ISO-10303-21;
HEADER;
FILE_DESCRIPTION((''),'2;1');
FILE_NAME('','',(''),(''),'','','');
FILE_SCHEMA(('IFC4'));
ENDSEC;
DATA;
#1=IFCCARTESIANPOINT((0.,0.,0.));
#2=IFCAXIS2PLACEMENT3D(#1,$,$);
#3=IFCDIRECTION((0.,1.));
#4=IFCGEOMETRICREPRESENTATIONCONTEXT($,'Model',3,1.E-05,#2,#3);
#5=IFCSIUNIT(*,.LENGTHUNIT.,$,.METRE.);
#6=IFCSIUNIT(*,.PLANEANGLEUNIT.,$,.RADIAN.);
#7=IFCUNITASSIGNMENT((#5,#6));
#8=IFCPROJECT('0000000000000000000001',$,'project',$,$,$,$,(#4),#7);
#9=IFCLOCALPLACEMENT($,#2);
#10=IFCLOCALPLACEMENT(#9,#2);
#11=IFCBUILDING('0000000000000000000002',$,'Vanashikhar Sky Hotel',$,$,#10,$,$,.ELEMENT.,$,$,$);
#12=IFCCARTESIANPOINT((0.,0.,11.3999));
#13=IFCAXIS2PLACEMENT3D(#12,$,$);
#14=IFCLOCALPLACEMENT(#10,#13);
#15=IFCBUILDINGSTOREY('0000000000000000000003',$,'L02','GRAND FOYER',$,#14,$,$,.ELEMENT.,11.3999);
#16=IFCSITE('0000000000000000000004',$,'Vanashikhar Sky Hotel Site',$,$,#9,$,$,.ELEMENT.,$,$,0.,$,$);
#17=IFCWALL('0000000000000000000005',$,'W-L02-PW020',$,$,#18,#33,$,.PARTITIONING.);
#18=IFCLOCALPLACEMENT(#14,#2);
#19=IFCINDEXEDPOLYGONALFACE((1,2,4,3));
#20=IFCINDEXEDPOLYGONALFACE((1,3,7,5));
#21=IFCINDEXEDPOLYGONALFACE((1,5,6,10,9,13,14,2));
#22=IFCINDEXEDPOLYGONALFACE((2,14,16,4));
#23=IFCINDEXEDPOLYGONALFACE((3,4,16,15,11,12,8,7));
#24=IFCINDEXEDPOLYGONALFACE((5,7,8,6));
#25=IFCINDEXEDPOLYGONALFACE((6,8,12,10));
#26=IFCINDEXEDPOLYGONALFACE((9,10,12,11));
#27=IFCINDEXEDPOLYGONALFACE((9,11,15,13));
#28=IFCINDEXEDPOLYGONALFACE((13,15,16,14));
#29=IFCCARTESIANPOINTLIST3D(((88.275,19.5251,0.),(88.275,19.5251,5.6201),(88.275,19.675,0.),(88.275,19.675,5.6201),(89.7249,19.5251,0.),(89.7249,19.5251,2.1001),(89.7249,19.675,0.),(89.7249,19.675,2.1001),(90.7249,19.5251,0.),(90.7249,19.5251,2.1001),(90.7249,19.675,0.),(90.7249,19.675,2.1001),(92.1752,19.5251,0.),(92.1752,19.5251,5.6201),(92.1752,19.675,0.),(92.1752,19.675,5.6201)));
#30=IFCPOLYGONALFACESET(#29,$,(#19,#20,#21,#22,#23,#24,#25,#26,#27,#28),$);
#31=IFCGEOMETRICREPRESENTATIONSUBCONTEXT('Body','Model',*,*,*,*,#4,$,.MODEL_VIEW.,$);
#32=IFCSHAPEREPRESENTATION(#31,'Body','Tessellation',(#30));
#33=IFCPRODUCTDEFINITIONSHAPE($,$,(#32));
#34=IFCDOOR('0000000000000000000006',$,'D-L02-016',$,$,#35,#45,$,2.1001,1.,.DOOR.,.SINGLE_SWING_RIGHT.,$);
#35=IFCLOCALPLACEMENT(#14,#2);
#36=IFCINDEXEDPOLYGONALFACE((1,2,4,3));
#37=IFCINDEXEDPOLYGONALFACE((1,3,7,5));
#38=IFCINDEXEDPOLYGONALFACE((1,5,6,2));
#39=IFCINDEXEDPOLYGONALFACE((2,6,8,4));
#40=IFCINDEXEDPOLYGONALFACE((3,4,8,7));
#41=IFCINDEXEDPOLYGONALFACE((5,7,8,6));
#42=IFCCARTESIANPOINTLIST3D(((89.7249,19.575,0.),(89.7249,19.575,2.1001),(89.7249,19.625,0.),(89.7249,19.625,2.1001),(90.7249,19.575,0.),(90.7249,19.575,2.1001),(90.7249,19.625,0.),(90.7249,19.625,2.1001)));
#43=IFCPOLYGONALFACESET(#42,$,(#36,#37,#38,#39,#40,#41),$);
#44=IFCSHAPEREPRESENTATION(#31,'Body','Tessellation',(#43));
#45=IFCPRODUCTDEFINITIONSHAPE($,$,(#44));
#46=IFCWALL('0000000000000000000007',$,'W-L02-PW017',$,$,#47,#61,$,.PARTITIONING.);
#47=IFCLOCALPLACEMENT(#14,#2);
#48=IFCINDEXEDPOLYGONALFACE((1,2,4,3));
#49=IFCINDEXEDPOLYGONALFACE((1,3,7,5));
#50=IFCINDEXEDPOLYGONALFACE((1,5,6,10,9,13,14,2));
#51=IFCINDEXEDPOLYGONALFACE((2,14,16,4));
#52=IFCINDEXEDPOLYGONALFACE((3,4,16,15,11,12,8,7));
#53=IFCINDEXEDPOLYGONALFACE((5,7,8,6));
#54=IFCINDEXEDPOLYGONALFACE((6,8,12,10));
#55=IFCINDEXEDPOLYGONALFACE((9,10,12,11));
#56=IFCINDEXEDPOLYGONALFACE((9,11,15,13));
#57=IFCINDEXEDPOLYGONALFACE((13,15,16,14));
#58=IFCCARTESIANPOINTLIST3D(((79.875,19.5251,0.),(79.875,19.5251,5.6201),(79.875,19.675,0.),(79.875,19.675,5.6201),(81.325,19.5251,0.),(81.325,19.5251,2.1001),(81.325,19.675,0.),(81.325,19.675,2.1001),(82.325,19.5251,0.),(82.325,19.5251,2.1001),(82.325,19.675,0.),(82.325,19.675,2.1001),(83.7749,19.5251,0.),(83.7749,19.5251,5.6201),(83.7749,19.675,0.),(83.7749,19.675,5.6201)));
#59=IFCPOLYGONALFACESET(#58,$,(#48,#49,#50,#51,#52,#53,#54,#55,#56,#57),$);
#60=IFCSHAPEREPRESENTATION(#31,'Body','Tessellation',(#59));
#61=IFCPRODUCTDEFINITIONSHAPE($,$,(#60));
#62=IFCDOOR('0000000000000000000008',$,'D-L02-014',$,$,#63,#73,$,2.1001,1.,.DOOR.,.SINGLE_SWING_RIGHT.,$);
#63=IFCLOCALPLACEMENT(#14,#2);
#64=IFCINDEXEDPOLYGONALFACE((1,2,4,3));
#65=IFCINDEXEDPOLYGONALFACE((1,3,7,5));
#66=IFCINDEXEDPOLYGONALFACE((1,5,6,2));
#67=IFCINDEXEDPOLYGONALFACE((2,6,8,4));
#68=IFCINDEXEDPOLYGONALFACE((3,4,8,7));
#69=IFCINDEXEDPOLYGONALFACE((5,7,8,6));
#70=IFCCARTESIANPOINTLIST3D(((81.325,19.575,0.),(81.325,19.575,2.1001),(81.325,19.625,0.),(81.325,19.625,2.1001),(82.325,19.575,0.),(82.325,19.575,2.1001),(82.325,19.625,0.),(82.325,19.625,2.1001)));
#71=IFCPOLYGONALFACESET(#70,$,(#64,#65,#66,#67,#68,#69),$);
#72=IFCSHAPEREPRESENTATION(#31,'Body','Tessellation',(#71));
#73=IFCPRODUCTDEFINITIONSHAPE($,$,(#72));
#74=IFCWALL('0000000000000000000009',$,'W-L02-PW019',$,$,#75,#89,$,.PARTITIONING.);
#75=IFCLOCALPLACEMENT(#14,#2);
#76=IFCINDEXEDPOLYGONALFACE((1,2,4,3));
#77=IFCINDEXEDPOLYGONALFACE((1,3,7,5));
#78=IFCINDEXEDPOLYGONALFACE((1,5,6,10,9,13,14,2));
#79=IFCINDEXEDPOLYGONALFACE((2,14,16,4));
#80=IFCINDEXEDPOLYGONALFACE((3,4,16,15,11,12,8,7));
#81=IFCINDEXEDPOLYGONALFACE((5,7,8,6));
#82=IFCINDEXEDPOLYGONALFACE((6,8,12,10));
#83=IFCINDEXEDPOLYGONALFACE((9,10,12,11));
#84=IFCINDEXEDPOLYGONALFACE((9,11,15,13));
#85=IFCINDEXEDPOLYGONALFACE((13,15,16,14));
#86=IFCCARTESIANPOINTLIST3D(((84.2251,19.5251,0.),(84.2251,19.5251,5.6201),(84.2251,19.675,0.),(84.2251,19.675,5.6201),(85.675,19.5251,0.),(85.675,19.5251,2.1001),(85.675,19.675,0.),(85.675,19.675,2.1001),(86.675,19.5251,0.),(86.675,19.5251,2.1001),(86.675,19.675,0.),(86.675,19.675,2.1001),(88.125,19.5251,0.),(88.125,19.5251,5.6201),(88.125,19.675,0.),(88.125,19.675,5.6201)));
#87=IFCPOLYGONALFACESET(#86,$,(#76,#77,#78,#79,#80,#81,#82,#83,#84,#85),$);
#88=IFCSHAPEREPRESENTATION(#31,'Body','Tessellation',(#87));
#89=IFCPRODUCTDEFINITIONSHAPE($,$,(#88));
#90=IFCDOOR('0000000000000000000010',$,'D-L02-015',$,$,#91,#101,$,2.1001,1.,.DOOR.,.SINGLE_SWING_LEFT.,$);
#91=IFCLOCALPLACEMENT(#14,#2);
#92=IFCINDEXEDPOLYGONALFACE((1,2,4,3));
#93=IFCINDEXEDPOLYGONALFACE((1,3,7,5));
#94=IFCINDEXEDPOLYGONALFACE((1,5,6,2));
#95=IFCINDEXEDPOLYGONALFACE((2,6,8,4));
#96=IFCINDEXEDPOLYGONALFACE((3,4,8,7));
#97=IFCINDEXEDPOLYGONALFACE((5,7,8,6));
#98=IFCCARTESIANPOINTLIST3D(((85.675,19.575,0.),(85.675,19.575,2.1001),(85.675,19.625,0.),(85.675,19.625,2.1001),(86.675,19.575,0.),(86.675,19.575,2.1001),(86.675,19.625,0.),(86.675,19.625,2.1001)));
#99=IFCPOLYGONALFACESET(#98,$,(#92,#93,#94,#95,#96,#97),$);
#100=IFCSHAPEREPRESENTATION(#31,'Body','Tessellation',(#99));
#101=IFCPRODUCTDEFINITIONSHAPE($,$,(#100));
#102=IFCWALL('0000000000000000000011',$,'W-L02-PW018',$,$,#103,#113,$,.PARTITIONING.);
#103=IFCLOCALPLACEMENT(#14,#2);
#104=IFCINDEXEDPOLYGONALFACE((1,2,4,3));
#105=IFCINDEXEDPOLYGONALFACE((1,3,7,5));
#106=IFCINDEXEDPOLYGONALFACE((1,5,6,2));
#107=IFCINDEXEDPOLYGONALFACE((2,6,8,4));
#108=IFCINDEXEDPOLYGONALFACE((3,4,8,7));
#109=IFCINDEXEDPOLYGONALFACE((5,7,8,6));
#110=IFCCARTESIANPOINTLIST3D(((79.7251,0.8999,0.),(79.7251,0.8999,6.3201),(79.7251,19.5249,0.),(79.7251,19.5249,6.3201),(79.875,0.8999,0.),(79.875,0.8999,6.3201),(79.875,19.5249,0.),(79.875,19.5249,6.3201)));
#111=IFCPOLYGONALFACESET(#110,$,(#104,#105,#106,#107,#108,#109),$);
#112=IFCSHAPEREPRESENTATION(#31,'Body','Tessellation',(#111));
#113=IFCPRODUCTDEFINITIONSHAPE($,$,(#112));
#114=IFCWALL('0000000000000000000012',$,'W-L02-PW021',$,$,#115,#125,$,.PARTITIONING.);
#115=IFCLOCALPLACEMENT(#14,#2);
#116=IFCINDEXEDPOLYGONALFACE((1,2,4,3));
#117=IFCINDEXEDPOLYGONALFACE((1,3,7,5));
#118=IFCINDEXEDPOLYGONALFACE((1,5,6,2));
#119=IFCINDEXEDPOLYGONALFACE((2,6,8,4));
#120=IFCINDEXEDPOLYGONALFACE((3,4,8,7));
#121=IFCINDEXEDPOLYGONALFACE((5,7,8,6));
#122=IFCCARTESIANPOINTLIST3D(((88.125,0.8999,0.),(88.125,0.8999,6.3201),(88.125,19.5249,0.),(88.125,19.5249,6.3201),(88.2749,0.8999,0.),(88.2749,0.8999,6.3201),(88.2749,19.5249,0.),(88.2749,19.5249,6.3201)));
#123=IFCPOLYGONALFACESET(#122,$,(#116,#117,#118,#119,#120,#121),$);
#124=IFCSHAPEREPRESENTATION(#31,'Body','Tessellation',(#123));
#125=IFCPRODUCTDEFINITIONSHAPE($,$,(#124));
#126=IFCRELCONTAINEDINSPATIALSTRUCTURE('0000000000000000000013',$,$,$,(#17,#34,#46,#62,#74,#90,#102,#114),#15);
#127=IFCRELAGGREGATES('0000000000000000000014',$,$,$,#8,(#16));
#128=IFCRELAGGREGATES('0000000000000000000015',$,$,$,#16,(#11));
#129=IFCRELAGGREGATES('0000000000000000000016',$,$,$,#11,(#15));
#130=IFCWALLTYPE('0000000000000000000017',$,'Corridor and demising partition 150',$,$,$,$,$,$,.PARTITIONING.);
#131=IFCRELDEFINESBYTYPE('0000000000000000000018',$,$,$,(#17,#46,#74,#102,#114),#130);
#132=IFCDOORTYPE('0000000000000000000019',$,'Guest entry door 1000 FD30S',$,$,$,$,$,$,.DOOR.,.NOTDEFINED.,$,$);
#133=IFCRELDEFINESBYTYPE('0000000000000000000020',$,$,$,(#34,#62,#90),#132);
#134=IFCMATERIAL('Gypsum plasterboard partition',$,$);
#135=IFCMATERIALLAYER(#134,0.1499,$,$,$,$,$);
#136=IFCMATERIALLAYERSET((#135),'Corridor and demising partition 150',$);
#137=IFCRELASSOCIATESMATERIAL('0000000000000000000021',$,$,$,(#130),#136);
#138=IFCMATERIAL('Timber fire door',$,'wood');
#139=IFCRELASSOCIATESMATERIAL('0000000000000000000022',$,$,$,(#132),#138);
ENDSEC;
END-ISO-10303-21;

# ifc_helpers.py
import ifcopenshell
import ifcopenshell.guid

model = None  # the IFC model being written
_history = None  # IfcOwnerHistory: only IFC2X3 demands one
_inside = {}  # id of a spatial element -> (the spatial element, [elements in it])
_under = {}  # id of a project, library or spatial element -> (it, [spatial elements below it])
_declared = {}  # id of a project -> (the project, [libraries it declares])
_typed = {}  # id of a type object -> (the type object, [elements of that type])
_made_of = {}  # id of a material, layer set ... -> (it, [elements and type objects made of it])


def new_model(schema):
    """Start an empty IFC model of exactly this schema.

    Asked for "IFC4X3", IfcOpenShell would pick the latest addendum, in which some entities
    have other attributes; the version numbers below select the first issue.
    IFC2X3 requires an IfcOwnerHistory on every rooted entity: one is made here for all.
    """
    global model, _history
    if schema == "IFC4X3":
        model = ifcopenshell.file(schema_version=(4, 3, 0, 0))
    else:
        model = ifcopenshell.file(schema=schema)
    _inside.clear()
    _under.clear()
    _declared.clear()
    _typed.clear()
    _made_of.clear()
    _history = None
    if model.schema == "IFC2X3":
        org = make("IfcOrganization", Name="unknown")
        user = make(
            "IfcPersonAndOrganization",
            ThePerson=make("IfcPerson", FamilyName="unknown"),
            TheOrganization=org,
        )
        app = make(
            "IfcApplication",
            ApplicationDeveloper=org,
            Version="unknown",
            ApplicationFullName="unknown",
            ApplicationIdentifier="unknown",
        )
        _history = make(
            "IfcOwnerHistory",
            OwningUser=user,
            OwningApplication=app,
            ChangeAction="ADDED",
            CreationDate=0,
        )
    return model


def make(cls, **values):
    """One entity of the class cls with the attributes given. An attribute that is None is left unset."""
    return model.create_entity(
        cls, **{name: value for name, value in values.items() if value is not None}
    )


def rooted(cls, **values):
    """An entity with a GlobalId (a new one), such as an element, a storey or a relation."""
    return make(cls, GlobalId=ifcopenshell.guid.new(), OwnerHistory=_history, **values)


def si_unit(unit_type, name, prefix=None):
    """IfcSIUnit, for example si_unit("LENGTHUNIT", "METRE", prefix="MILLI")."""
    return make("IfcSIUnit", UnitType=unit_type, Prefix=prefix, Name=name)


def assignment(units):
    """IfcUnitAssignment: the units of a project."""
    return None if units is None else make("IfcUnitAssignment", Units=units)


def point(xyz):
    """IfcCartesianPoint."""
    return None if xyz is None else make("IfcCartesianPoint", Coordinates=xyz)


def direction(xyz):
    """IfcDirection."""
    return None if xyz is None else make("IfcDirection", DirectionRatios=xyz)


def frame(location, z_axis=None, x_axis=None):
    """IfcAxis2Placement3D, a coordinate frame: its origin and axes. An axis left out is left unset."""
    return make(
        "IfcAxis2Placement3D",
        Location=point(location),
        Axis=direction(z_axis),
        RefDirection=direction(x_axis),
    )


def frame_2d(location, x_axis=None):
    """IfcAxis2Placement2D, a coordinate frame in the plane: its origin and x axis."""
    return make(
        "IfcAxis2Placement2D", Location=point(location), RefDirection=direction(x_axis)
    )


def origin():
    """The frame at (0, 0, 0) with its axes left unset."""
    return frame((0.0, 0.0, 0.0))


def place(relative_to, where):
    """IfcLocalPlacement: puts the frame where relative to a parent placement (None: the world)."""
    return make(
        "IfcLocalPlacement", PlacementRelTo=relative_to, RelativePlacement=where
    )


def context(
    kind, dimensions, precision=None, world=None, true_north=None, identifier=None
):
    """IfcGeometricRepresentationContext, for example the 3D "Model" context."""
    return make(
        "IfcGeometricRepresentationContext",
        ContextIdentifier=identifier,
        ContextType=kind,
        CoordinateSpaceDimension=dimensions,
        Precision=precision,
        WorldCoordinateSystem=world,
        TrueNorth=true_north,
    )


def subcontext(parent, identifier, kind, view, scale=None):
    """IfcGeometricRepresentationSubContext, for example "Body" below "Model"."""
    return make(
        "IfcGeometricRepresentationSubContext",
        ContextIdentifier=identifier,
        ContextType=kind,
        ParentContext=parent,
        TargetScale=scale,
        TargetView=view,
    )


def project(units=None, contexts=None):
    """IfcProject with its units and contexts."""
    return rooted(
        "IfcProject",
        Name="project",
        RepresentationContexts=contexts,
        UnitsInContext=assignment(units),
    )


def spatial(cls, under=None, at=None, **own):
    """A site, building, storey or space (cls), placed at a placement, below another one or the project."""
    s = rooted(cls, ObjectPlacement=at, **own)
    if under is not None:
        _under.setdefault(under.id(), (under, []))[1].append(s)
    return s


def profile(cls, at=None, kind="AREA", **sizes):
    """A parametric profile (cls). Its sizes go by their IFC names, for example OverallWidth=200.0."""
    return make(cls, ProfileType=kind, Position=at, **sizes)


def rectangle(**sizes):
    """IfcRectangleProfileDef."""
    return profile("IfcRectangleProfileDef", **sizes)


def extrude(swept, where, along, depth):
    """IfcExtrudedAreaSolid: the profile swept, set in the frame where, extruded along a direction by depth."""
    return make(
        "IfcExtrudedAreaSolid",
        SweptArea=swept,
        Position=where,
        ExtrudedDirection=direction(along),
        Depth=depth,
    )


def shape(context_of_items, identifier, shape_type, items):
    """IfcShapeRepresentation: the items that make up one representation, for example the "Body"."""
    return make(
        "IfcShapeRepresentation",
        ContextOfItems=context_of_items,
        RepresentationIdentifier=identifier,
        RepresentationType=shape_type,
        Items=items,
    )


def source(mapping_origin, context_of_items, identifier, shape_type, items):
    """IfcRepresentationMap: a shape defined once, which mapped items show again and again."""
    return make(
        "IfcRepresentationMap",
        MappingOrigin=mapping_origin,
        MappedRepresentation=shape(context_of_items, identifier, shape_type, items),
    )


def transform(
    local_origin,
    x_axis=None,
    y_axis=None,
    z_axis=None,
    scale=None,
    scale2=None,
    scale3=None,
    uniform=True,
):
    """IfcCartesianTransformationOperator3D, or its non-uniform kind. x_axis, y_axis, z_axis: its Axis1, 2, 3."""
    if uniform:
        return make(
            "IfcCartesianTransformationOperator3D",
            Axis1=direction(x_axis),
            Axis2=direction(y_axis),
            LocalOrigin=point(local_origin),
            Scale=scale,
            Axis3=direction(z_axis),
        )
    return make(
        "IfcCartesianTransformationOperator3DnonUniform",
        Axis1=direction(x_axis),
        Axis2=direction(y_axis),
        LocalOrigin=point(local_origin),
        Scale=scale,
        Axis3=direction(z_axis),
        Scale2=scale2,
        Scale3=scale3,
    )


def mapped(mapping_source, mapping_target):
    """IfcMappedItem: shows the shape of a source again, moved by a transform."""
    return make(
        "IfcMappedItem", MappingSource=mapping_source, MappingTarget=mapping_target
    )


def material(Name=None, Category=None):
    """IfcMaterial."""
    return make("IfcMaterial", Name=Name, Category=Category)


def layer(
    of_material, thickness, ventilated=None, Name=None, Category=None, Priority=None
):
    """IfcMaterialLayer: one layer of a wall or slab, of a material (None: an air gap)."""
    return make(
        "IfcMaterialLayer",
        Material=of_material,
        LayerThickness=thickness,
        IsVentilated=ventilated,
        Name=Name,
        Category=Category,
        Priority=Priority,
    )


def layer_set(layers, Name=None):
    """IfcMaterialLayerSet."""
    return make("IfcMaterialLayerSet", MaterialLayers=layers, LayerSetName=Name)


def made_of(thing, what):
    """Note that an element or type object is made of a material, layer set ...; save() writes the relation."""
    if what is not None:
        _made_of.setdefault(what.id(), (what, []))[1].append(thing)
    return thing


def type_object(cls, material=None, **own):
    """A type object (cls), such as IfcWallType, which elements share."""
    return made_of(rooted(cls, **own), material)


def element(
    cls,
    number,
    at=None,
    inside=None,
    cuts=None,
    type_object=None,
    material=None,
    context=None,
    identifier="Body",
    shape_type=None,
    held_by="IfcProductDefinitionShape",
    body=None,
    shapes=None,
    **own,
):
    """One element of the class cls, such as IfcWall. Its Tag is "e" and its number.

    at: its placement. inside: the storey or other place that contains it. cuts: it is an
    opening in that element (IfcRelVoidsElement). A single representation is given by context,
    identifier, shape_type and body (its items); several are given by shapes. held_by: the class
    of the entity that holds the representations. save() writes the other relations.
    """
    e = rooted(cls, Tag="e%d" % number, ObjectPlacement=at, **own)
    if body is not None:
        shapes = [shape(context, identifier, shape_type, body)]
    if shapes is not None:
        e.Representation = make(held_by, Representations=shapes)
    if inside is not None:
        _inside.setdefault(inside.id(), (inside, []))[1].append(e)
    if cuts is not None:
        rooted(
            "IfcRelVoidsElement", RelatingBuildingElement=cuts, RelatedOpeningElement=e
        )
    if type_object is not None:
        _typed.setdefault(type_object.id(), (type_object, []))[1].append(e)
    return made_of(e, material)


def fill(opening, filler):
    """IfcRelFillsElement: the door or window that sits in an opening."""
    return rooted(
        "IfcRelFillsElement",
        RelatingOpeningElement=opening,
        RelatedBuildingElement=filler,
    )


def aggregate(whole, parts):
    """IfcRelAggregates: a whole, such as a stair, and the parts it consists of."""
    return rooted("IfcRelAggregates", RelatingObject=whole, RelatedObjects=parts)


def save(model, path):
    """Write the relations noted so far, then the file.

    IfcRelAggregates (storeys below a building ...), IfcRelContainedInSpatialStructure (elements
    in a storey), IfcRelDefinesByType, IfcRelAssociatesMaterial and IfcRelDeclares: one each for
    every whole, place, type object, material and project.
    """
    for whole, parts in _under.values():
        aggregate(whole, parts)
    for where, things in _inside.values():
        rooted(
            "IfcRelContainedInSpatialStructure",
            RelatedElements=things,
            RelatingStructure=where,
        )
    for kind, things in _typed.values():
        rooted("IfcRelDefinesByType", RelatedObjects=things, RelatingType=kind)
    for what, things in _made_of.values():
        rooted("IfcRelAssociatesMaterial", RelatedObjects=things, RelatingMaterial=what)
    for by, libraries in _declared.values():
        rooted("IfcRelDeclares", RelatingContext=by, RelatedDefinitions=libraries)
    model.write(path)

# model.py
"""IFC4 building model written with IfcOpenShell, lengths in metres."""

from ifc_helpers import new_model, si_unit, direction, frame, frame_2d, origin, place, context, subcontext, project, spatial, rectangle, extrude, source, transform, mapped, material, layer, layer_set, type_object, element, fill, save


model = new_model("IFC4")

# Units and contexts
model_context = context("Model", 3, precision=1e-05, world=origin(), true_north=direction((0.0, 1.0)))
body_context = subcontext(model_context, "Body", "Model", "MODEL_VIEW")
ifc_project = project(units=[si_unit("LENGTHUNIT", "METRE"), si_unit("PLANEANGLEUNIT", "RADIAN")], contexts=[model_context])

# Site, building, storey
site_placement = place(None, origin())
site = spatial("IfcSite", under=ifc_project, at=site_placement, Name="Vanashikhar Sky Hotel Site", CompositionType="ELEMENT", RefElevation=0.0)
building_placement = place(site_placement, origin())
building = spatial("IfcBuilding", under=site, at=building_placement, Name="Vanashikhar Sky Hotel", CompositionType="ELEMENT")
storey_placement = place(building_placement, frame((0.0, 0.0, 11.3999)))
storey = spatial("IfcBuildingStorey", under=building, at=storey_placement, Name="L02", Description="GRAND FOYER", CompositionType="ELEMENT", Elevation=11.3999)

# Walls, openings, doors
ifc_material_1 = material(Name="Gypsum plasterboard partition")
ifc_layer_1 = layer(ifc_material_1, 0.1499)
ifc_layer_set_1 = layer_set([ifc_layer_1], Name="Corridor and demising partition 150")
wall_type_1 = type_object("IfcWallType", Name="Corridor and demising partition 150", PredefinedType="PARTITIONING", material=ifc_layer_set_1)
ifc_material_2 = material(Name="Timber fire door", Category="wood")
shared_shape_1 = source(origin(), body_context, "Body", "SweptSolid", [
    extrude(rectangle(XDim=3.9001, YDim=0.1499, at=frame_2d((1.9502, 0.0))), origin(), (0.0, 0.0, 1.0), 5.6201),
])
shared_shape_2 = source(origin(), body_context, "Body", "SweptSolid", [
    extrude(rectangle(XDim=1.0, YDim=2.1001, at=frame_2d((0.5, 1.05))), frame((0.0, 0.085, 0.0), z_axis=(0.0, -1.0, 0.0), x_axis=(1.0, 0.0, 0.0)), (0.0, 0.0, 1.0), 0.1699),
])
door_type_1 = type_object("IfcDoorType", Name="Guest entry door 1000 FD30S", OperationType="NOTDEFINED", PredefinedType="DOOR", material=ifc_material_2)
shared_shape_3 = source(origin(), body_context, "Body", "SweptSolid", [
    extrude(rectangle(XDim=1.0, YDim=2.1001, at=frame_2d((0.5, 1.05))), frame((0.0, 0.0249, 0.0), z_axis=(0.0, -1.0, 0.0), x_axis=(1.0, 0.0, 0.0)), (0.0, 0.0, 1.0), 0.05),
])
wall_1_placement = place(storey_placement, frame((88.2749, 19.6001, 0.0), z_axis=(0.0, 0.0, 1.0), x_axis=(1.0, 0.0, 0.0)))
wall_1 = element("IfcWall", 1, at=wall_1_placement, inside=storey, type_object=wall_type_1, Name="W-L02-PW020", PredefinedType="PARTITIONING", context=body_context, shape_type="MappedRepresentation", body=[
    mapped(shared_shape_1, transform((0.0, 0.0, 0.0), scale=1.0)),
])
opening_1_placement = place(wall_1_placement, frame((1.45, 0.0, 0.0)))
opening_1 = element("IfcOpeningElement", 2, at=opening_1_placement, cuts=wall_1, PredefinedType="OPENING", context=body_context, shape_type="MappedRepresentation", body=[
    mapped(shared_shape_2, transform((0.0, 0.0, 0.0), scale=1.0)),
])
door_1_placement = place(opening_1_placement, origin())
door_1 = element("IfcDoor", 3, at=door_1_placement, inside=storey, type_object=door_type_1, Name="D-L02-016", OperationType="SINGLE_SWING_RIGHT", OverallHeight=2.1001, OverallWidth=1.0, PredefinedType="DOOR", context=body_context, shape_type="MappedRepresentation", body=[
    mapped(shared_shape_3, transform((0.0, 0.0, 0.0), scale=1.0)),
])
fill(opening_1, door_1)
shared_shape_4 = source(origin(), body_context, "Body", "SweptSolid", [
    extrude(rectangle(XDim=3.8999, YDim=0.1499, at=frame_2d((1.95, 0.0))), origin(), (0.0, 0.0, 1.0), 5.6201),
])
wall_2_placement = place(storey_placement, frame((79.875, 19.6001, 0.0), z_axis=(0.0, 0.0, 1.0), x_axis=(1.0, 0.0, 0.0)))
wall_2 = element("IfcWall", 4, at=wall_2_placement, inside=storey, type_object=wall_type_1, Name="W-L02-PW017", PredefinedType="PARTITIONING", context=body_context, shape_type="MappedRepresentation", body=[
    mapped(shared_shape_4, transform((0.0, 0.0, 0.0), scale=1.0)),
])
opening_2_placement = place(wall_2_placement, frame((1.45, 0.0, 0.0)))
opening_2 = element("IfcOpeningElement", 5, at=opening_2_placement, cuts=wall_2, PredefinedType="OPENING", context=body_context, shape_type="MappedRepresentation", body=[
    mapped(shared_shape_2, transform((0.0, 0.0, 0.0), scale=1.0)),
])
door_2_placement = place(opening_2_placement, origin())
door_2 = element("IfcDoor", 6, at=door_2_placement, inside=storey, type_object=door_type_1, Name="D-L02-014", OperationType="SINGLE_SWING_RIGHT", OverallHeight=2.1001, OverallWidth=1.0, PredefinedType="DOOR", context=body_context, shape_type="MappedRepresentation", body=[
    mapped(shared_shape_3, transform((0.0, 0.0, 0.0), scale=1.0)),
])
fill(opening_2, door_2)
wall_3_placement = place(storey_placement, frame((84.2251, 19.6001, 0.0), z_axis=(0.0, 0.0, 1.0), x_axis=(1.0, 0.0, 0.0)))
wall_3 = element("IfcWall", 7, at=wall_3_placement, inside=storey, type_object=wall_type_1, Name="W-L02-PW019", PredefinedType="PARTITIONING", context=body_context, shape_type="MappedRepresentation", body=[
    mapped(shared_shape_4, transform((0.0, 0.0, 0.0), scale=1.0)),
])
opening_3_placement = place(wall_3_placement, frame((1.45, 0.0, 0.0)))
opening_3 = element("IfcOpeningElement", 8, at=opening_3_placement, cuts=wall_3, PredefinedType="OPENING", context=body_context, shape_type="MappedRepresentation", body=[
    mapped(shared_shape_2, transform((0.0, 0.0, 0.0), scale=1.0)),
])
door_3_placement = place(opening_3_placement, origin())
door_3 = element("IfcDoor", 9, at=door_3_placement, inside=storey, type_object=door_type_1, Name="D-L02-015", OperationType="SINGLE_SWING_LEFT", OverallHeight=2.1001, OverallWidth=1.0, PredefinedType="DOOR", context=body_context, shape_type="MappedRepresentation", body=[
    mapped(shared_shape_3, transform((0.0, 0.0, 0.0), scale=1.0)),
])
fill(opening_3, door_3)

# Walls
shared_shape_5 = source(origin(), body_context, "Body", "SweptSolid", [
    extrude(rectangle(XDim=18.625, YDim=0.1499, at=frame_2d((9.3125, 0.0))), origin(), (0.0, 0.0, 1.0), 6.3201),
])
for number, where, z_axis, x_axis, name in (
    (10, (79.8, 0.8999, 0.0), (0.0, 0.0, 1.0), (0.0, 1.0, 0.0), "W-L02-PW018"),
    (11, (88.2, 0.8999, 0.0), (0.0, 0.0, 1.0), (0.0, 1.0, 0.0), "W-L02-PW021"),
):
    element("IfcWall", number, at=place(storey_placement, frame(where, z_axis=z_axis, x_axis=x_axis)), inside=storey, type_object=wall_type_1, Name=name, PredefinedType="PARTITIONING", context=body_context, shape_type="MappedRepresentation", body=[
        mapped(shared_shape_5, transform((0.0, 0.0, 0.0), scale=1.0)),
    ])

save(model, "model.ifc")
